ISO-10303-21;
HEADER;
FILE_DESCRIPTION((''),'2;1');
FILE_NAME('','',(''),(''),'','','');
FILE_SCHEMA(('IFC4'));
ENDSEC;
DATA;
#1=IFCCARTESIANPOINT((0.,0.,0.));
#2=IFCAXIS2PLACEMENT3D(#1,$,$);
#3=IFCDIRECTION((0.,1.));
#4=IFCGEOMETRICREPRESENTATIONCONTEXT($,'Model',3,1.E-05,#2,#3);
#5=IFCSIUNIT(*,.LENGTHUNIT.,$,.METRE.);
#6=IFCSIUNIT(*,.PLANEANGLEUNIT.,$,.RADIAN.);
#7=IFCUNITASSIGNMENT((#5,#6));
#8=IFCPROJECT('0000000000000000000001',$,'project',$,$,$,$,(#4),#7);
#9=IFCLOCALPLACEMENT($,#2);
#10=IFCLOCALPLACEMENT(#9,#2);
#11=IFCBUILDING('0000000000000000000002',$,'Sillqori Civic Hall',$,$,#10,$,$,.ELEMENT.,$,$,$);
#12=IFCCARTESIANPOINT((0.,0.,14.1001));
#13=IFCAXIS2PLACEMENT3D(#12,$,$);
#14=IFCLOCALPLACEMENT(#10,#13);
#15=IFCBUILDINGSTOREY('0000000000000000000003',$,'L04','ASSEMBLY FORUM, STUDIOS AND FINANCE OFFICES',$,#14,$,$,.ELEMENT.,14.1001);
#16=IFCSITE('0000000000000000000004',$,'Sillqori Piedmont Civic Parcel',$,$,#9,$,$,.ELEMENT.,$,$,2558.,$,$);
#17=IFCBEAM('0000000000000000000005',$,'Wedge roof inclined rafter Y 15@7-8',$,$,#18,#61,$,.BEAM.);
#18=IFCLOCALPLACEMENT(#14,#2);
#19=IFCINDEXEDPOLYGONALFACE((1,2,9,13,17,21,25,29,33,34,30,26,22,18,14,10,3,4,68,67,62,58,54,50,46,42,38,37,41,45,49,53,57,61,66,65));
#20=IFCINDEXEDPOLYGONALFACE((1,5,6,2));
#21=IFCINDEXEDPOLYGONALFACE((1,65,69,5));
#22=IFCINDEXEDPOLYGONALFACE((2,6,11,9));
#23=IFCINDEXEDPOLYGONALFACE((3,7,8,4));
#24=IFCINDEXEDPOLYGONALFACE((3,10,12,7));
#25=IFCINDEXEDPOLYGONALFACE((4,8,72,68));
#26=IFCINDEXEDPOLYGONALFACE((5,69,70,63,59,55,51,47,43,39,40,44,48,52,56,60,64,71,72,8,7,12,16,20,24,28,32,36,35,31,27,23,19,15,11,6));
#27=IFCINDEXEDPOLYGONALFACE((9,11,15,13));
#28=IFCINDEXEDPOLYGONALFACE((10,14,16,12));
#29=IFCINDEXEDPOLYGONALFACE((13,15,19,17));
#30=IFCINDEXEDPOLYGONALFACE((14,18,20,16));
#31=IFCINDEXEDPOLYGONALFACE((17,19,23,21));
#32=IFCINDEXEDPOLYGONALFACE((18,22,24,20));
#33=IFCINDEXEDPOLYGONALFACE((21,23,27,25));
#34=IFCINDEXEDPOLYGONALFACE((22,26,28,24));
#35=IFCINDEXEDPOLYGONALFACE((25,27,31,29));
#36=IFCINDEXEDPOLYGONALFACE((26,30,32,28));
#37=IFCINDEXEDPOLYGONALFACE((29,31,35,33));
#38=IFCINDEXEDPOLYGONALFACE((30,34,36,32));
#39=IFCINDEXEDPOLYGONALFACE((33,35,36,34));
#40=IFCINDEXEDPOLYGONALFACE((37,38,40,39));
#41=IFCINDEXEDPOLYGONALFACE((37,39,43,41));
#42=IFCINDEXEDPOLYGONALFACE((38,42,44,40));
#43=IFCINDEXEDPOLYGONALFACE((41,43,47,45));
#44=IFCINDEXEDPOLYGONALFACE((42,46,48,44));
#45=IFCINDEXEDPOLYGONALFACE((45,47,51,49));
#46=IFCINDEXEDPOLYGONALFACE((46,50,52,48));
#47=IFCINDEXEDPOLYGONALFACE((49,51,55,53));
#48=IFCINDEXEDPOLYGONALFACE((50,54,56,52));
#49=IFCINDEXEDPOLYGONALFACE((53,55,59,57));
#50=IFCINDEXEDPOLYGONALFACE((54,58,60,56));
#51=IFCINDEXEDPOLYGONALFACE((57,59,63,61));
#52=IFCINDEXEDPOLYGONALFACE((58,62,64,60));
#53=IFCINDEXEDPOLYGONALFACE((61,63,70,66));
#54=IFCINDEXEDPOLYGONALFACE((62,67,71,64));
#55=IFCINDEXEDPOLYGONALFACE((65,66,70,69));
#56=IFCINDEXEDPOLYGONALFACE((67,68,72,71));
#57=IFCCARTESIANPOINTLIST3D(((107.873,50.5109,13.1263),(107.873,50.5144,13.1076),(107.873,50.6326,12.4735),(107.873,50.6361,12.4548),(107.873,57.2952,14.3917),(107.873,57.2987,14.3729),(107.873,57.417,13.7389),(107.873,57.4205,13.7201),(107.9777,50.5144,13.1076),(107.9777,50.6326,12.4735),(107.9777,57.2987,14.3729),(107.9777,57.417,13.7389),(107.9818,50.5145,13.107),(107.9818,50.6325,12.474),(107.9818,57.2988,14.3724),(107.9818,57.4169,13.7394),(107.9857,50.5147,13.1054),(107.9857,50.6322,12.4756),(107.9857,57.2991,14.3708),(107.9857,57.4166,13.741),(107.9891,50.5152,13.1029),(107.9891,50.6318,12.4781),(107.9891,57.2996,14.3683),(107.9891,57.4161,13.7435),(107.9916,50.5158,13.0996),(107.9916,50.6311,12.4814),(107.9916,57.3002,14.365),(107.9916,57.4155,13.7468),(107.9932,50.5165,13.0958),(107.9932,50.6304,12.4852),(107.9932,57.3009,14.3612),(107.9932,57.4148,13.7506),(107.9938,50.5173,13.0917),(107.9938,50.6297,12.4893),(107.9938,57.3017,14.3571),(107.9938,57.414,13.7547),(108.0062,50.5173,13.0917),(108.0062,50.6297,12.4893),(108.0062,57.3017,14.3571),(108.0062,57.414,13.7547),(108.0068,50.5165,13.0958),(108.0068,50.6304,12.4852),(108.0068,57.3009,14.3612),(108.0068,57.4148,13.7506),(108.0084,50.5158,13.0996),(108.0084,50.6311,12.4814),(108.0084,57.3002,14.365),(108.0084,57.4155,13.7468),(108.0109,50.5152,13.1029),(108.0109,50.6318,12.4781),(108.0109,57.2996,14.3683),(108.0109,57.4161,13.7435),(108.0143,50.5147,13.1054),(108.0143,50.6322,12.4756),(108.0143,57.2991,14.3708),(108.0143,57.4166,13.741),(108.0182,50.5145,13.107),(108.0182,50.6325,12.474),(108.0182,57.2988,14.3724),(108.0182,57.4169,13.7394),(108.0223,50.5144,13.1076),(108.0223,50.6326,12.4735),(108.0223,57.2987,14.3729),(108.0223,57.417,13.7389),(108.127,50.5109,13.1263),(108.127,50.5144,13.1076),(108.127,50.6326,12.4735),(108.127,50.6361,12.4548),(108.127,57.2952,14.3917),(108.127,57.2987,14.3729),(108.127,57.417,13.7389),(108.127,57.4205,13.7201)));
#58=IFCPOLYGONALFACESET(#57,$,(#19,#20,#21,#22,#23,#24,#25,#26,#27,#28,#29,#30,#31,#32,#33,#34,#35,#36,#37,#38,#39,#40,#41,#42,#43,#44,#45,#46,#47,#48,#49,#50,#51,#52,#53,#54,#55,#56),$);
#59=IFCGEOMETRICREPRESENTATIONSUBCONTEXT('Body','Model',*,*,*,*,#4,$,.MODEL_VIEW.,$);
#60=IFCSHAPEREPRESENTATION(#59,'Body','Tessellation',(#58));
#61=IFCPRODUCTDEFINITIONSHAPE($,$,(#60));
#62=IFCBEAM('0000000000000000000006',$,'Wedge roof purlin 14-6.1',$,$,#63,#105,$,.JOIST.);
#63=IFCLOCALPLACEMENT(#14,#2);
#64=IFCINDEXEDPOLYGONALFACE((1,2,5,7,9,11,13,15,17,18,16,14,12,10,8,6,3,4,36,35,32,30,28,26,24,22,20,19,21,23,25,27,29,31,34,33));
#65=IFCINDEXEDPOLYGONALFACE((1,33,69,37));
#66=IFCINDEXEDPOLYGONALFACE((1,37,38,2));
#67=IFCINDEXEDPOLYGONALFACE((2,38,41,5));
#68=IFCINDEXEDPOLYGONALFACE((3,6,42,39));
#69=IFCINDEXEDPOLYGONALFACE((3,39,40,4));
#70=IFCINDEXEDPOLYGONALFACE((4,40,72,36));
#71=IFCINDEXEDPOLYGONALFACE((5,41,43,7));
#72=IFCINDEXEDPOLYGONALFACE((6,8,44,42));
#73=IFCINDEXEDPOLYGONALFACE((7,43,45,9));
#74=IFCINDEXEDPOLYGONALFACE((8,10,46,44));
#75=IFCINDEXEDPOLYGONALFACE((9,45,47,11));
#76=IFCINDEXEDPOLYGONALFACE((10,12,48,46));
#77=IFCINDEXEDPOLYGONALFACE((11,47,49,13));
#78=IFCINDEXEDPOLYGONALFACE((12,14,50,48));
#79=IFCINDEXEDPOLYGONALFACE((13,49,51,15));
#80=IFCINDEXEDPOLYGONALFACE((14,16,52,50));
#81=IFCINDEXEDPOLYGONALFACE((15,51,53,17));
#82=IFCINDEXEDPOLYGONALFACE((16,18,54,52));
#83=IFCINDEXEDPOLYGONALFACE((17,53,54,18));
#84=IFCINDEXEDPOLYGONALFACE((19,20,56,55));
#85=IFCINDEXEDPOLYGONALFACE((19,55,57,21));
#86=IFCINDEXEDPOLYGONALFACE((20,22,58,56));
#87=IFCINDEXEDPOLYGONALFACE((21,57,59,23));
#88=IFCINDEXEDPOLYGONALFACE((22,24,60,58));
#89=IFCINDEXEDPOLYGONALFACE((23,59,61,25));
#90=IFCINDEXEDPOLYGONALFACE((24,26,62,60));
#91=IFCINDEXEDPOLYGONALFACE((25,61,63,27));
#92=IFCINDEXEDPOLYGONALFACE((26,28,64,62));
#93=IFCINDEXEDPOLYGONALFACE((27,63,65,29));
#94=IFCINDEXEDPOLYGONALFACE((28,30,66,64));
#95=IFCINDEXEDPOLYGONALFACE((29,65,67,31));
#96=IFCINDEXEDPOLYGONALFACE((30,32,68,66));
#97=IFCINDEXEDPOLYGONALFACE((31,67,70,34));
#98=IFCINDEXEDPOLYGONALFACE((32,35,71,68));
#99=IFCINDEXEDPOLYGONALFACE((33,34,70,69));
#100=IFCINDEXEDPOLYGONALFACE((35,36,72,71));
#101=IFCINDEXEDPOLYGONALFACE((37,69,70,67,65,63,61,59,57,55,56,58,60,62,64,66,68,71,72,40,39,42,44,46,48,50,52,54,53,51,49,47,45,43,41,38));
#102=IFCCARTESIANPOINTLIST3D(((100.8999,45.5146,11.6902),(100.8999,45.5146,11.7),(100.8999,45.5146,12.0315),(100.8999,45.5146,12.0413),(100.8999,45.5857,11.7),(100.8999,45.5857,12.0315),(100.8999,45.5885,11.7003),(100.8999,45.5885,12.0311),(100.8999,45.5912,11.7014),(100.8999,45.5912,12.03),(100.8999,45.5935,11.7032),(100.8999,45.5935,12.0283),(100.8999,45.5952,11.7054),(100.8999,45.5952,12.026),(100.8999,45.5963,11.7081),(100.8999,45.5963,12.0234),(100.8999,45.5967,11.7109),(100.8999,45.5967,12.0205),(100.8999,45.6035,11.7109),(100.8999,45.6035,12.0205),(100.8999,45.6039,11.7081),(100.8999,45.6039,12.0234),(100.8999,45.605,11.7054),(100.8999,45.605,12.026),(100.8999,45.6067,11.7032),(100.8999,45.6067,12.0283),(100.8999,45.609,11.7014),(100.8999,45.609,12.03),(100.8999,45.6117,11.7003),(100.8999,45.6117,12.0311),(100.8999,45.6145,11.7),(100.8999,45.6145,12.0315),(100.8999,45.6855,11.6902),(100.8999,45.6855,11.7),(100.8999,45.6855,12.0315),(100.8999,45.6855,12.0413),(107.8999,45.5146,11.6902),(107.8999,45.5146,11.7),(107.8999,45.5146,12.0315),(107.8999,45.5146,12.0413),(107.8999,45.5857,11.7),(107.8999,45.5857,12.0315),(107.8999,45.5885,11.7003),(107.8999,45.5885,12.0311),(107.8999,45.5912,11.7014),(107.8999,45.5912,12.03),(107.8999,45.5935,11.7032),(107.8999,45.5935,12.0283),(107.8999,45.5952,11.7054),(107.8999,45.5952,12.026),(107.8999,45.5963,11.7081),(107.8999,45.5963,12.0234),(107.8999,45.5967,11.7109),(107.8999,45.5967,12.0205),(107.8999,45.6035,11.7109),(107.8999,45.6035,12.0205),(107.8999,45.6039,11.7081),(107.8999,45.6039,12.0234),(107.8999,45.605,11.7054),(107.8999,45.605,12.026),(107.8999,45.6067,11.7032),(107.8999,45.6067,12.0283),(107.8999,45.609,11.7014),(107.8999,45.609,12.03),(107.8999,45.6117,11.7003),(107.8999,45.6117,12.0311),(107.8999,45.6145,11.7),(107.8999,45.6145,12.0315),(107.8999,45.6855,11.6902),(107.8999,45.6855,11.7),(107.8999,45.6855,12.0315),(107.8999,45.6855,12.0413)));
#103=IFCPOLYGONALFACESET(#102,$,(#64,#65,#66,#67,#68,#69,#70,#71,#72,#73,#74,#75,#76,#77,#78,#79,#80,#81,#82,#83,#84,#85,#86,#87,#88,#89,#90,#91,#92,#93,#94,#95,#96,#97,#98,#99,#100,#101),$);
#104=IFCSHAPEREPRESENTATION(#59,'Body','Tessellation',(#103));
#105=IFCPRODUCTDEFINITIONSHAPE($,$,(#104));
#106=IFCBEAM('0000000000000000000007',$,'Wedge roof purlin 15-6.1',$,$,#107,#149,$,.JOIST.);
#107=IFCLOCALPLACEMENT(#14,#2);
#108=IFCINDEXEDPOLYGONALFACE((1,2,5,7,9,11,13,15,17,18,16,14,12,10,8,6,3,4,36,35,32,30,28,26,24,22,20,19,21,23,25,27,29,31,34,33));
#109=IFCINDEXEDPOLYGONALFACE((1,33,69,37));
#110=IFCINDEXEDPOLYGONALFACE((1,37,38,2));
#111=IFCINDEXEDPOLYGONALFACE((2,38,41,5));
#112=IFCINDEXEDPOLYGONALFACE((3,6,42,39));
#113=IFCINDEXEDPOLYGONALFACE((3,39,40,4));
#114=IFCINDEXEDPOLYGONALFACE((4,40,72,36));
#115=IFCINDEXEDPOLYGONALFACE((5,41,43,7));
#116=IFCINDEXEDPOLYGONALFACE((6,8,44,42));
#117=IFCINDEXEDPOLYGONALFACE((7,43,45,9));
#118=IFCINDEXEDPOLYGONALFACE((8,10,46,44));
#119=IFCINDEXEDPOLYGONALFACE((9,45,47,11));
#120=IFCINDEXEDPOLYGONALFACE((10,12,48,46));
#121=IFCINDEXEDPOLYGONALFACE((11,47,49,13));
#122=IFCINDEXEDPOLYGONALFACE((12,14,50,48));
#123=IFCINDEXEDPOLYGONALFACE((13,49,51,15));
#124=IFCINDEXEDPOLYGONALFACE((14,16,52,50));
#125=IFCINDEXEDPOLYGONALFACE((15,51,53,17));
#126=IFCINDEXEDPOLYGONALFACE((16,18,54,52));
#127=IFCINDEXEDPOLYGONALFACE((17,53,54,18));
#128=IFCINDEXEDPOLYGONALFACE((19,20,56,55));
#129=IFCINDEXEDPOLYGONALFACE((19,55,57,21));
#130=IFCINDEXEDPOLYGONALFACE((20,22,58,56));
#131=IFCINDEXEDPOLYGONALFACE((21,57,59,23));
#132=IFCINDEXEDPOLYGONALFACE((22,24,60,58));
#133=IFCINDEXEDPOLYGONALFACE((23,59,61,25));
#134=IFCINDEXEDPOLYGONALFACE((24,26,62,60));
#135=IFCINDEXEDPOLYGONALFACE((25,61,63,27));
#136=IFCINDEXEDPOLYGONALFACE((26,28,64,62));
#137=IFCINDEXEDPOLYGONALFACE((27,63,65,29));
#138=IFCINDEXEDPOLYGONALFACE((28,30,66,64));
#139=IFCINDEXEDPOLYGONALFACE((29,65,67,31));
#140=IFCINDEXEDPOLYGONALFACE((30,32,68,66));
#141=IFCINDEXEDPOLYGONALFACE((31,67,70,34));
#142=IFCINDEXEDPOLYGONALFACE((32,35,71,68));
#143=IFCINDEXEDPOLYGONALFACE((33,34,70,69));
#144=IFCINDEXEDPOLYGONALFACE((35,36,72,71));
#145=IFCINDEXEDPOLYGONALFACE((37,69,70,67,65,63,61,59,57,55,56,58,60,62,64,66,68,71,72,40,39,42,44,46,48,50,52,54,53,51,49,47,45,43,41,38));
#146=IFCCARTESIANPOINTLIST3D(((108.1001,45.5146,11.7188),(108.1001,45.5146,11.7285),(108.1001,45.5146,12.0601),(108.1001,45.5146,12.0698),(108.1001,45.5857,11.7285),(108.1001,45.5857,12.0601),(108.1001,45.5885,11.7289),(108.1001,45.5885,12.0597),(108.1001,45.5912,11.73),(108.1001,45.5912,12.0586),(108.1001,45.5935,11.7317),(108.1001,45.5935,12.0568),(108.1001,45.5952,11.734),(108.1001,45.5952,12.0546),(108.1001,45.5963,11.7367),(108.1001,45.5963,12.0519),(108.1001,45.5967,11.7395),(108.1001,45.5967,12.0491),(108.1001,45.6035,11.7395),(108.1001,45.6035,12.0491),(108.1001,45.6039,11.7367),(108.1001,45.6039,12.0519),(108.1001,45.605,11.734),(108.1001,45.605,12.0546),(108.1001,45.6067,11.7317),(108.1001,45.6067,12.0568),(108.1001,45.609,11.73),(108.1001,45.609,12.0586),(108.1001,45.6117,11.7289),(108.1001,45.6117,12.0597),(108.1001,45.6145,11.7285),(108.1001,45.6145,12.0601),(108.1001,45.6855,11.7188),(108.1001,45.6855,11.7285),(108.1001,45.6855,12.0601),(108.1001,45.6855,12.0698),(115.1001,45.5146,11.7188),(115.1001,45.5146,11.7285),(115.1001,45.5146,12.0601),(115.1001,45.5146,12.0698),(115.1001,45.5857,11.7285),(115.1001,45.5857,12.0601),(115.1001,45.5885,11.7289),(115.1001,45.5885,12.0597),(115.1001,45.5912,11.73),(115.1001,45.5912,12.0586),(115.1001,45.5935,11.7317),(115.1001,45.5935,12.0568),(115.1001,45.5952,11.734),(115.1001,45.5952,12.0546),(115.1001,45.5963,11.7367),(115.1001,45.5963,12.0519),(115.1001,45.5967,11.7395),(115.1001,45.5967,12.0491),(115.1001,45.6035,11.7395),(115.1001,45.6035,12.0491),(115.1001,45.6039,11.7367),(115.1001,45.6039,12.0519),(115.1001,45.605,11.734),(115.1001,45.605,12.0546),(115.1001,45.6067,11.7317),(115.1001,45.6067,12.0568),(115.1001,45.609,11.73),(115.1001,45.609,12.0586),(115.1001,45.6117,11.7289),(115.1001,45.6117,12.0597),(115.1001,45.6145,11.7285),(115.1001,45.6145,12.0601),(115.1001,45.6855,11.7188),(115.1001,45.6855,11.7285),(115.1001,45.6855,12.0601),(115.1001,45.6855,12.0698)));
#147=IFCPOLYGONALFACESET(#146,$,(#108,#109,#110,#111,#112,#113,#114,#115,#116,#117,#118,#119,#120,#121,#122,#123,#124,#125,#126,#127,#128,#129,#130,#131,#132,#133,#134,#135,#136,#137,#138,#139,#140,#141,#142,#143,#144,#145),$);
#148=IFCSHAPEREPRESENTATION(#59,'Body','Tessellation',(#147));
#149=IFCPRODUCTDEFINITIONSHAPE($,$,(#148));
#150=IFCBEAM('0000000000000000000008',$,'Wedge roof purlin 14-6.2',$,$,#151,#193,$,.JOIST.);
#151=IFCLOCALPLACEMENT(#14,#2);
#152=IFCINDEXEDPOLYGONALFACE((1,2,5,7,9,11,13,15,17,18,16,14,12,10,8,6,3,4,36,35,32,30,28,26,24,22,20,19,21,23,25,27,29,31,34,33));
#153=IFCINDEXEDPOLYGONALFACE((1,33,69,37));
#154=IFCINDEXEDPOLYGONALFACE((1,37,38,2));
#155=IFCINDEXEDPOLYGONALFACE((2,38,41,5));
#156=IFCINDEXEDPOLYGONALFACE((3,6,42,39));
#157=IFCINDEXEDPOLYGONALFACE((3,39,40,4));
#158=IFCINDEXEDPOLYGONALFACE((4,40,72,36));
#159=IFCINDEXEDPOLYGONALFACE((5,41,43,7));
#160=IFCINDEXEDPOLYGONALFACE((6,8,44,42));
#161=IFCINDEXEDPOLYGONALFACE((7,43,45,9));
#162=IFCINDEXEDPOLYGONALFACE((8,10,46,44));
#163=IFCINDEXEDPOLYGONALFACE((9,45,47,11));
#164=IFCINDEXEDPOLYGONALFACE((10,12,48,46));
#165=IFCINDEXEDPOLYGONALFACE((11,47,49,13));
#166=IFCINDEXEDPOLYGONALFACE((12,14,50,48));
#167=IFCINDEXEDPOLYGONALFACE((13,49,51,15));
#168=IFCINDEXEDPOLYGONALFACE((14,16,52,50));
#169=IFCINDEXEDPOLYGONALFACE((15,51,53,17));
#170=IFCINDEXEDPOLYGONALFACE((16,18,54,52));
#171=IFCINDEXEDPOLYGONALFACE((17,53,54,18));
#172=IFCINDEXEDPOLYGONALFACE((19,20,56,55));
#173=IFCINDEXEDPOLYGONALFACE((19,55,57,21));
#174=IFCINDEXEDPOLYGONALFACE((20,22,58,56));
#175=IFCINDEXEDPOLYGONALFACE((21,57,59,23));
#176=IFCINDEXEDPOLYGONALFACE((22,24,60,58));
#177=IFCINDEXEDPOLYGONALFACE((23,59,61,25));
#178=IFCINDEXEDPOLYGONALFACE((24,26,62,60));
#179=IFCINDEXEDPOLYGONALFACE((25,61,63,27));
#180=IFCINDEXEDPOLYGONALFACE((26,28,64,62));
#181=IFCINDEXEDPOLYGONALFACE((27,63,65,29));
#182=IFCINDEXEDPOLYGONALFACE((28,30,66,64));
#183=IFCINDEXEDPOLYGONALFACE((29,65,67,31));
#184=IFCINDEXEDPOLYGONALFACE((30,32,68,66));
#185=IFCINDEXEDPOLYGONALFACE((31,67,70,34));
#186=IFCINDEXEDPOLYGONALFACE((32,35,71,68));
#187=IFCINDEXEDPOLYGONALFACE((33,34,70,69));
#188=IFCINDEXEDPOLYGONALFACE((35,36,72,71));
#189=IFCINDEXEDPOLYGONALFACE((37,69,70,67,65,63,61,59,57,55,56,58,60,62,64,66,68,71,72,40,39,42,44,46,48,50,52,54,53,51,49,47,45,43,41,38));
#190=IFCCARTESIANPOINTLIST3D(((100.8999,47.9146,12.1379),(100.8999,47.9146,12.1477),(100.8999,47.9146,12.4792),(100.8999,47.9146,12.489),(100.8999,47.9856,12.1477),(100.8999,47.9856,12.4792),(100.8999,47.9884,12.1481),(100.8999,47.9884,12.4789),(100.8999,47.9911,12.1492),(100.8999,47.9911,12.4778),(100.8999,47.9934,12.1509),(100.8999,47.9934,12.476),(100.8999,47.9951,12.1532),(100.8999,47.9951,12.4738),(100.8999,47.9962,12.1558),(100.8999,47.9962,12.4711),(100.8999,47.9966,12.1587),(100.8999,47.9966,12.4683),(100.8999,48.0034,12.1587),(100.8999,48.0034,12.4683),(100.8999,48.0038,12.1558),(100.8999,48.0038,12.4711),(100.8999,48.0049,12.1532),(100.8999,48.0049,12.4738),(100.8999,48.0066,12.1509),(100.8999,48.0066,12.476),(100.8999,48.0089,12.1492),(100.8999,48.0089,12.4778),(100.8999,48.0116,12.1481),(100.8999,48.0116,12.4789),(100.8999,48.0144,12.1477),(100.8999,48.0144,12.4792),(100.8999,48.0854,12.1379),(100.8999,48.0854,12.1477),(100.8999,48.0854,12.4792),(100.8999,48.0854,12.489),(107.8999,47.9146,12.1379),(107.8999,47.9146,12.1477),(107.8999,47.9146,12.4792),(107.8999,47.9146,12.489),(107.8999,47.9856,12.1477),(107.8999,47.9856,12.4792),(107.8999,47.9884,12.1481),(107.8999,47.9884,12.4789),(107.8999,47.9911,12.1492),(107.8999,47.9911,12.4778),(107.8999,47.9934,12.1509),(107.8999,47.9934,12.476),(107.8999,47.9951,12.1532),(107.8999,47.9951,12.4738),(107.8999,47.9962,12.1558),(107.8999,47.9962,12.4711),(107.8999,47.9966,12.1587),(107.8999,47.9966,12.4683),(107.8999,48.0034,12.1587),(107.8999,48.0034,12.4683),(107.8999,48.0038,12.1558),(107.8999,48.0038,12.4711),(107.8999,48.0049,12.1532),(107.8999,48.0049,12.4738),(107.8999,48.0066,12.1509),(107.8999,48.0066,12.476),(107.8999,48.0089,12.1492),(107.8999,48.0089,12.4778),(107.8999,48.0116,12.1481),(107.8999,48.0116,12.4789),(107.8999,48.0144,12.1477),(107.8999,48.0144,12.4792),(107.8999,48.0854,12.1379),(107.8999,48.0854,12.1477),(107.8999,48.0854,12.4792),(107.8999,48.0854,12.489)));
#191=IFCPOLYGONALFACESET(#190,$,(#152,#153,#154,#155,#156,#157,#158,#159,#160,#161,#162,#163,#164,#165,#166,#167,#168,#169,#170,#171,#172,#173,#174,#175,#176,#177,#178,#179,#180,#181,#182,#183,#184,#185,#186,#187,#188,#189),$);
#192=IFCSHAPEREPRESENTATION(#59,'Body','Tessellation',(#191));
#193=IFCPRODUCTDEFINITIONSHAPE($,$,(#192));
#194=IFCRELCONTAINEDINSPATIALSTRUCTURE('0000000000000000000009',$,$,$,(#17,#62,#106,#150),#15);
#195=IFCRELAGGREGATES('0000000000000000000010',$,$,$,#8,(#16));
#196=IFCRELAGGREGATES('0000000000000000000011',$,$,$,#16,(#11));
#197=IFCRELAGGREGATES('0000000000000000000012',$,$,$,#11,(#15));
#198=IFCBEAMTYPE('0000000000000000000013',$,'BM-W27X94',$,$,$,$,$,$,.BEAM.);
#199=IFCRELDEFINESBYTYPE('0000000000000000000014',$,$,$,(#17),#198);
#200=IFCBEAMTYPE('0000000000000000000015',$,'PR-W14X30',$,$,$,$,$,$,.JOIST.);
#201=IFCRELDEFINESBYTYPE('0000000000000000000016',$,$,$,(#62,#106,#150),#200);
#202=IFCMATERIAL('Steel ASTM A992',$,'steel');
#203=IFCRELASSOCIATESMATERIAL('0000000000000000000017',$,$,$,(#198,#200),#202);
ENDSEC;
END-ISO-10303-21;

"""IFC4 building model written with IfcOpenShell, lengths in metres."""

from ifc_helpers import new_model, si_unit, direction, frame, origin, origin_2d, place, context, subcontext, project, spatial, i_section, extrude, material, material_profile, profile_set, type_object, element, save


model = new_model("IFC4")

# Units and contexts
model_context = context("Model", 3, precision=1e-05, world=origin(), true_north=direction((0.0, 1.0)))
body_context = subcontext(model_context, "Body", "Model", "MODEL_VIEW")
ifc_project = project(units=[si_unit("LENGTHUNIT", "METRE"), si_unit("PLANEANGLEUNIT", "RADIAN")], contexts=[model_context])

# Site, building, storey
site_placement = place(None, origin())
site = spatial("IfcSite", under=ifc_project, at=site_placement, Name="Sillqori Piedmont Civic Parcel", CompositionType="ELEMENT", RefElevation=2558.0)
building_placement = place(site_placement, origin())
building = spatial("IfcBuilding", under=site, at=building_placement, Name="Sillqori Civic Hall", CompositionType="ELEMENT")
storey_placement = place(building_placement, frame((0.0, 0.0, 14.1001)))
storey = spatial("IfcBuildingStorey", under=building, at=storey_placement, Name="L04", Description="ASSEMBLY FORUM, STUDIOS AND FINANCE OFFICES", CompositionType="ELEMENT", Elevation=14.1001)

# Shared definitions
ifc_material_1 = material(Name="Steel ASTM A992", Category="steel")

# Beams
ifc_material_profile_1 = material_profile(ifc_material_1, i_section(OverallWidth=0.2539, OverallDepth=0.6831, WebThickness=0.0125, FlangeThickness=0.019, FilletRadius=0.0161, at=origin_2d()), Name="W27X94")
ifc_profile_set_1 = profile_set([ifc_material_profile_1], Name="Steel ASTM A992")
beam_type_1 = type_object("IfcBeamType", Name="BM-W27X94", PredefinedType="BEAM", material=ifc_profile_set_1)
beam_1_placement = place(storey_placement, frame((108.0, 50.5735, 12.7905), z_axis=(0.0, 0.983048, 0.183351), x_axis=(-1.0, 0.0, 0.0)))
element("IfcBeam", 1, at=beam_1_placement, inside=storey, type_object=beam_type_1, Name="Wedge roof inclined rafter Y 15@7-8", PredefinedType="BEAM", context=body_context, shape_type="SweptSolid", body=[
    extrude(i_section(OverallWidth=0.2539, OverallDepth=0.6831, WebThickness=0.0125, FlangeThickness=0.019, FilletRadius=0.0161, at=origin_2d()), origin(), (0.0, 0.0, 1.0), 6.9014),
])
ifc_material_profile_2 = material_profile(ifc_material_1, i_section(OverallWidth=0.1709, OverallDepth=0.3511, WebThickness=0.0068, FlangeThickness=0.0098, FilletRadius=0.011, at=origin_2d()), Name="W14X30")
ifc_profile_set_2 = profile_set([ifc_material_profile_2], Name="Steel ASTM A992")
beam_type_2 = type_object("IfcBeamType", Name="PR-W14X30", PredefinedType="JOIST", material=ifc_profile_set_2)
for number, where, z_axis, x_axis, name in (
    (2, (100.8999, 45.6001, 11.8657), (1.0, 0.0, 0.0), (0.0, 1.0, 0.0), "Wedge roof purlin 14-6.1"),
    (3, (108.1001, 45.6001, 11.8943), (1.0, 0.0, 0.0), (0.0, 1.0, 0.0), "Wedge roof purlin 15-6.1"),
    (4, (100.8999, 48.0, 12.3135), (1.0, 0.0, 0.0), (0.0, 1.0, 0.0), "Wedge roof purlin 14-6.2"),
):
    element("IfcBeam", number, at=place(storey_placement, frame(where, z_axis=z_axis, x_axis=x_axis)), inside=storey, type_object=beam_type_2, Name=name, PredefinedType="JOIST", context=body_context, shape_type="SweptSolid", body=[
        extrude(i_section(OverallWidth=0.1709, OverallDepth=0.3511, WebThickness=0.0068, FlangeThickness=0.0098, FilletRadius=0.011, at=origin_2d()), origin(), (0.0, 0.0, 1.0), 7.0),
    ])

save(model, "model.ifc")
